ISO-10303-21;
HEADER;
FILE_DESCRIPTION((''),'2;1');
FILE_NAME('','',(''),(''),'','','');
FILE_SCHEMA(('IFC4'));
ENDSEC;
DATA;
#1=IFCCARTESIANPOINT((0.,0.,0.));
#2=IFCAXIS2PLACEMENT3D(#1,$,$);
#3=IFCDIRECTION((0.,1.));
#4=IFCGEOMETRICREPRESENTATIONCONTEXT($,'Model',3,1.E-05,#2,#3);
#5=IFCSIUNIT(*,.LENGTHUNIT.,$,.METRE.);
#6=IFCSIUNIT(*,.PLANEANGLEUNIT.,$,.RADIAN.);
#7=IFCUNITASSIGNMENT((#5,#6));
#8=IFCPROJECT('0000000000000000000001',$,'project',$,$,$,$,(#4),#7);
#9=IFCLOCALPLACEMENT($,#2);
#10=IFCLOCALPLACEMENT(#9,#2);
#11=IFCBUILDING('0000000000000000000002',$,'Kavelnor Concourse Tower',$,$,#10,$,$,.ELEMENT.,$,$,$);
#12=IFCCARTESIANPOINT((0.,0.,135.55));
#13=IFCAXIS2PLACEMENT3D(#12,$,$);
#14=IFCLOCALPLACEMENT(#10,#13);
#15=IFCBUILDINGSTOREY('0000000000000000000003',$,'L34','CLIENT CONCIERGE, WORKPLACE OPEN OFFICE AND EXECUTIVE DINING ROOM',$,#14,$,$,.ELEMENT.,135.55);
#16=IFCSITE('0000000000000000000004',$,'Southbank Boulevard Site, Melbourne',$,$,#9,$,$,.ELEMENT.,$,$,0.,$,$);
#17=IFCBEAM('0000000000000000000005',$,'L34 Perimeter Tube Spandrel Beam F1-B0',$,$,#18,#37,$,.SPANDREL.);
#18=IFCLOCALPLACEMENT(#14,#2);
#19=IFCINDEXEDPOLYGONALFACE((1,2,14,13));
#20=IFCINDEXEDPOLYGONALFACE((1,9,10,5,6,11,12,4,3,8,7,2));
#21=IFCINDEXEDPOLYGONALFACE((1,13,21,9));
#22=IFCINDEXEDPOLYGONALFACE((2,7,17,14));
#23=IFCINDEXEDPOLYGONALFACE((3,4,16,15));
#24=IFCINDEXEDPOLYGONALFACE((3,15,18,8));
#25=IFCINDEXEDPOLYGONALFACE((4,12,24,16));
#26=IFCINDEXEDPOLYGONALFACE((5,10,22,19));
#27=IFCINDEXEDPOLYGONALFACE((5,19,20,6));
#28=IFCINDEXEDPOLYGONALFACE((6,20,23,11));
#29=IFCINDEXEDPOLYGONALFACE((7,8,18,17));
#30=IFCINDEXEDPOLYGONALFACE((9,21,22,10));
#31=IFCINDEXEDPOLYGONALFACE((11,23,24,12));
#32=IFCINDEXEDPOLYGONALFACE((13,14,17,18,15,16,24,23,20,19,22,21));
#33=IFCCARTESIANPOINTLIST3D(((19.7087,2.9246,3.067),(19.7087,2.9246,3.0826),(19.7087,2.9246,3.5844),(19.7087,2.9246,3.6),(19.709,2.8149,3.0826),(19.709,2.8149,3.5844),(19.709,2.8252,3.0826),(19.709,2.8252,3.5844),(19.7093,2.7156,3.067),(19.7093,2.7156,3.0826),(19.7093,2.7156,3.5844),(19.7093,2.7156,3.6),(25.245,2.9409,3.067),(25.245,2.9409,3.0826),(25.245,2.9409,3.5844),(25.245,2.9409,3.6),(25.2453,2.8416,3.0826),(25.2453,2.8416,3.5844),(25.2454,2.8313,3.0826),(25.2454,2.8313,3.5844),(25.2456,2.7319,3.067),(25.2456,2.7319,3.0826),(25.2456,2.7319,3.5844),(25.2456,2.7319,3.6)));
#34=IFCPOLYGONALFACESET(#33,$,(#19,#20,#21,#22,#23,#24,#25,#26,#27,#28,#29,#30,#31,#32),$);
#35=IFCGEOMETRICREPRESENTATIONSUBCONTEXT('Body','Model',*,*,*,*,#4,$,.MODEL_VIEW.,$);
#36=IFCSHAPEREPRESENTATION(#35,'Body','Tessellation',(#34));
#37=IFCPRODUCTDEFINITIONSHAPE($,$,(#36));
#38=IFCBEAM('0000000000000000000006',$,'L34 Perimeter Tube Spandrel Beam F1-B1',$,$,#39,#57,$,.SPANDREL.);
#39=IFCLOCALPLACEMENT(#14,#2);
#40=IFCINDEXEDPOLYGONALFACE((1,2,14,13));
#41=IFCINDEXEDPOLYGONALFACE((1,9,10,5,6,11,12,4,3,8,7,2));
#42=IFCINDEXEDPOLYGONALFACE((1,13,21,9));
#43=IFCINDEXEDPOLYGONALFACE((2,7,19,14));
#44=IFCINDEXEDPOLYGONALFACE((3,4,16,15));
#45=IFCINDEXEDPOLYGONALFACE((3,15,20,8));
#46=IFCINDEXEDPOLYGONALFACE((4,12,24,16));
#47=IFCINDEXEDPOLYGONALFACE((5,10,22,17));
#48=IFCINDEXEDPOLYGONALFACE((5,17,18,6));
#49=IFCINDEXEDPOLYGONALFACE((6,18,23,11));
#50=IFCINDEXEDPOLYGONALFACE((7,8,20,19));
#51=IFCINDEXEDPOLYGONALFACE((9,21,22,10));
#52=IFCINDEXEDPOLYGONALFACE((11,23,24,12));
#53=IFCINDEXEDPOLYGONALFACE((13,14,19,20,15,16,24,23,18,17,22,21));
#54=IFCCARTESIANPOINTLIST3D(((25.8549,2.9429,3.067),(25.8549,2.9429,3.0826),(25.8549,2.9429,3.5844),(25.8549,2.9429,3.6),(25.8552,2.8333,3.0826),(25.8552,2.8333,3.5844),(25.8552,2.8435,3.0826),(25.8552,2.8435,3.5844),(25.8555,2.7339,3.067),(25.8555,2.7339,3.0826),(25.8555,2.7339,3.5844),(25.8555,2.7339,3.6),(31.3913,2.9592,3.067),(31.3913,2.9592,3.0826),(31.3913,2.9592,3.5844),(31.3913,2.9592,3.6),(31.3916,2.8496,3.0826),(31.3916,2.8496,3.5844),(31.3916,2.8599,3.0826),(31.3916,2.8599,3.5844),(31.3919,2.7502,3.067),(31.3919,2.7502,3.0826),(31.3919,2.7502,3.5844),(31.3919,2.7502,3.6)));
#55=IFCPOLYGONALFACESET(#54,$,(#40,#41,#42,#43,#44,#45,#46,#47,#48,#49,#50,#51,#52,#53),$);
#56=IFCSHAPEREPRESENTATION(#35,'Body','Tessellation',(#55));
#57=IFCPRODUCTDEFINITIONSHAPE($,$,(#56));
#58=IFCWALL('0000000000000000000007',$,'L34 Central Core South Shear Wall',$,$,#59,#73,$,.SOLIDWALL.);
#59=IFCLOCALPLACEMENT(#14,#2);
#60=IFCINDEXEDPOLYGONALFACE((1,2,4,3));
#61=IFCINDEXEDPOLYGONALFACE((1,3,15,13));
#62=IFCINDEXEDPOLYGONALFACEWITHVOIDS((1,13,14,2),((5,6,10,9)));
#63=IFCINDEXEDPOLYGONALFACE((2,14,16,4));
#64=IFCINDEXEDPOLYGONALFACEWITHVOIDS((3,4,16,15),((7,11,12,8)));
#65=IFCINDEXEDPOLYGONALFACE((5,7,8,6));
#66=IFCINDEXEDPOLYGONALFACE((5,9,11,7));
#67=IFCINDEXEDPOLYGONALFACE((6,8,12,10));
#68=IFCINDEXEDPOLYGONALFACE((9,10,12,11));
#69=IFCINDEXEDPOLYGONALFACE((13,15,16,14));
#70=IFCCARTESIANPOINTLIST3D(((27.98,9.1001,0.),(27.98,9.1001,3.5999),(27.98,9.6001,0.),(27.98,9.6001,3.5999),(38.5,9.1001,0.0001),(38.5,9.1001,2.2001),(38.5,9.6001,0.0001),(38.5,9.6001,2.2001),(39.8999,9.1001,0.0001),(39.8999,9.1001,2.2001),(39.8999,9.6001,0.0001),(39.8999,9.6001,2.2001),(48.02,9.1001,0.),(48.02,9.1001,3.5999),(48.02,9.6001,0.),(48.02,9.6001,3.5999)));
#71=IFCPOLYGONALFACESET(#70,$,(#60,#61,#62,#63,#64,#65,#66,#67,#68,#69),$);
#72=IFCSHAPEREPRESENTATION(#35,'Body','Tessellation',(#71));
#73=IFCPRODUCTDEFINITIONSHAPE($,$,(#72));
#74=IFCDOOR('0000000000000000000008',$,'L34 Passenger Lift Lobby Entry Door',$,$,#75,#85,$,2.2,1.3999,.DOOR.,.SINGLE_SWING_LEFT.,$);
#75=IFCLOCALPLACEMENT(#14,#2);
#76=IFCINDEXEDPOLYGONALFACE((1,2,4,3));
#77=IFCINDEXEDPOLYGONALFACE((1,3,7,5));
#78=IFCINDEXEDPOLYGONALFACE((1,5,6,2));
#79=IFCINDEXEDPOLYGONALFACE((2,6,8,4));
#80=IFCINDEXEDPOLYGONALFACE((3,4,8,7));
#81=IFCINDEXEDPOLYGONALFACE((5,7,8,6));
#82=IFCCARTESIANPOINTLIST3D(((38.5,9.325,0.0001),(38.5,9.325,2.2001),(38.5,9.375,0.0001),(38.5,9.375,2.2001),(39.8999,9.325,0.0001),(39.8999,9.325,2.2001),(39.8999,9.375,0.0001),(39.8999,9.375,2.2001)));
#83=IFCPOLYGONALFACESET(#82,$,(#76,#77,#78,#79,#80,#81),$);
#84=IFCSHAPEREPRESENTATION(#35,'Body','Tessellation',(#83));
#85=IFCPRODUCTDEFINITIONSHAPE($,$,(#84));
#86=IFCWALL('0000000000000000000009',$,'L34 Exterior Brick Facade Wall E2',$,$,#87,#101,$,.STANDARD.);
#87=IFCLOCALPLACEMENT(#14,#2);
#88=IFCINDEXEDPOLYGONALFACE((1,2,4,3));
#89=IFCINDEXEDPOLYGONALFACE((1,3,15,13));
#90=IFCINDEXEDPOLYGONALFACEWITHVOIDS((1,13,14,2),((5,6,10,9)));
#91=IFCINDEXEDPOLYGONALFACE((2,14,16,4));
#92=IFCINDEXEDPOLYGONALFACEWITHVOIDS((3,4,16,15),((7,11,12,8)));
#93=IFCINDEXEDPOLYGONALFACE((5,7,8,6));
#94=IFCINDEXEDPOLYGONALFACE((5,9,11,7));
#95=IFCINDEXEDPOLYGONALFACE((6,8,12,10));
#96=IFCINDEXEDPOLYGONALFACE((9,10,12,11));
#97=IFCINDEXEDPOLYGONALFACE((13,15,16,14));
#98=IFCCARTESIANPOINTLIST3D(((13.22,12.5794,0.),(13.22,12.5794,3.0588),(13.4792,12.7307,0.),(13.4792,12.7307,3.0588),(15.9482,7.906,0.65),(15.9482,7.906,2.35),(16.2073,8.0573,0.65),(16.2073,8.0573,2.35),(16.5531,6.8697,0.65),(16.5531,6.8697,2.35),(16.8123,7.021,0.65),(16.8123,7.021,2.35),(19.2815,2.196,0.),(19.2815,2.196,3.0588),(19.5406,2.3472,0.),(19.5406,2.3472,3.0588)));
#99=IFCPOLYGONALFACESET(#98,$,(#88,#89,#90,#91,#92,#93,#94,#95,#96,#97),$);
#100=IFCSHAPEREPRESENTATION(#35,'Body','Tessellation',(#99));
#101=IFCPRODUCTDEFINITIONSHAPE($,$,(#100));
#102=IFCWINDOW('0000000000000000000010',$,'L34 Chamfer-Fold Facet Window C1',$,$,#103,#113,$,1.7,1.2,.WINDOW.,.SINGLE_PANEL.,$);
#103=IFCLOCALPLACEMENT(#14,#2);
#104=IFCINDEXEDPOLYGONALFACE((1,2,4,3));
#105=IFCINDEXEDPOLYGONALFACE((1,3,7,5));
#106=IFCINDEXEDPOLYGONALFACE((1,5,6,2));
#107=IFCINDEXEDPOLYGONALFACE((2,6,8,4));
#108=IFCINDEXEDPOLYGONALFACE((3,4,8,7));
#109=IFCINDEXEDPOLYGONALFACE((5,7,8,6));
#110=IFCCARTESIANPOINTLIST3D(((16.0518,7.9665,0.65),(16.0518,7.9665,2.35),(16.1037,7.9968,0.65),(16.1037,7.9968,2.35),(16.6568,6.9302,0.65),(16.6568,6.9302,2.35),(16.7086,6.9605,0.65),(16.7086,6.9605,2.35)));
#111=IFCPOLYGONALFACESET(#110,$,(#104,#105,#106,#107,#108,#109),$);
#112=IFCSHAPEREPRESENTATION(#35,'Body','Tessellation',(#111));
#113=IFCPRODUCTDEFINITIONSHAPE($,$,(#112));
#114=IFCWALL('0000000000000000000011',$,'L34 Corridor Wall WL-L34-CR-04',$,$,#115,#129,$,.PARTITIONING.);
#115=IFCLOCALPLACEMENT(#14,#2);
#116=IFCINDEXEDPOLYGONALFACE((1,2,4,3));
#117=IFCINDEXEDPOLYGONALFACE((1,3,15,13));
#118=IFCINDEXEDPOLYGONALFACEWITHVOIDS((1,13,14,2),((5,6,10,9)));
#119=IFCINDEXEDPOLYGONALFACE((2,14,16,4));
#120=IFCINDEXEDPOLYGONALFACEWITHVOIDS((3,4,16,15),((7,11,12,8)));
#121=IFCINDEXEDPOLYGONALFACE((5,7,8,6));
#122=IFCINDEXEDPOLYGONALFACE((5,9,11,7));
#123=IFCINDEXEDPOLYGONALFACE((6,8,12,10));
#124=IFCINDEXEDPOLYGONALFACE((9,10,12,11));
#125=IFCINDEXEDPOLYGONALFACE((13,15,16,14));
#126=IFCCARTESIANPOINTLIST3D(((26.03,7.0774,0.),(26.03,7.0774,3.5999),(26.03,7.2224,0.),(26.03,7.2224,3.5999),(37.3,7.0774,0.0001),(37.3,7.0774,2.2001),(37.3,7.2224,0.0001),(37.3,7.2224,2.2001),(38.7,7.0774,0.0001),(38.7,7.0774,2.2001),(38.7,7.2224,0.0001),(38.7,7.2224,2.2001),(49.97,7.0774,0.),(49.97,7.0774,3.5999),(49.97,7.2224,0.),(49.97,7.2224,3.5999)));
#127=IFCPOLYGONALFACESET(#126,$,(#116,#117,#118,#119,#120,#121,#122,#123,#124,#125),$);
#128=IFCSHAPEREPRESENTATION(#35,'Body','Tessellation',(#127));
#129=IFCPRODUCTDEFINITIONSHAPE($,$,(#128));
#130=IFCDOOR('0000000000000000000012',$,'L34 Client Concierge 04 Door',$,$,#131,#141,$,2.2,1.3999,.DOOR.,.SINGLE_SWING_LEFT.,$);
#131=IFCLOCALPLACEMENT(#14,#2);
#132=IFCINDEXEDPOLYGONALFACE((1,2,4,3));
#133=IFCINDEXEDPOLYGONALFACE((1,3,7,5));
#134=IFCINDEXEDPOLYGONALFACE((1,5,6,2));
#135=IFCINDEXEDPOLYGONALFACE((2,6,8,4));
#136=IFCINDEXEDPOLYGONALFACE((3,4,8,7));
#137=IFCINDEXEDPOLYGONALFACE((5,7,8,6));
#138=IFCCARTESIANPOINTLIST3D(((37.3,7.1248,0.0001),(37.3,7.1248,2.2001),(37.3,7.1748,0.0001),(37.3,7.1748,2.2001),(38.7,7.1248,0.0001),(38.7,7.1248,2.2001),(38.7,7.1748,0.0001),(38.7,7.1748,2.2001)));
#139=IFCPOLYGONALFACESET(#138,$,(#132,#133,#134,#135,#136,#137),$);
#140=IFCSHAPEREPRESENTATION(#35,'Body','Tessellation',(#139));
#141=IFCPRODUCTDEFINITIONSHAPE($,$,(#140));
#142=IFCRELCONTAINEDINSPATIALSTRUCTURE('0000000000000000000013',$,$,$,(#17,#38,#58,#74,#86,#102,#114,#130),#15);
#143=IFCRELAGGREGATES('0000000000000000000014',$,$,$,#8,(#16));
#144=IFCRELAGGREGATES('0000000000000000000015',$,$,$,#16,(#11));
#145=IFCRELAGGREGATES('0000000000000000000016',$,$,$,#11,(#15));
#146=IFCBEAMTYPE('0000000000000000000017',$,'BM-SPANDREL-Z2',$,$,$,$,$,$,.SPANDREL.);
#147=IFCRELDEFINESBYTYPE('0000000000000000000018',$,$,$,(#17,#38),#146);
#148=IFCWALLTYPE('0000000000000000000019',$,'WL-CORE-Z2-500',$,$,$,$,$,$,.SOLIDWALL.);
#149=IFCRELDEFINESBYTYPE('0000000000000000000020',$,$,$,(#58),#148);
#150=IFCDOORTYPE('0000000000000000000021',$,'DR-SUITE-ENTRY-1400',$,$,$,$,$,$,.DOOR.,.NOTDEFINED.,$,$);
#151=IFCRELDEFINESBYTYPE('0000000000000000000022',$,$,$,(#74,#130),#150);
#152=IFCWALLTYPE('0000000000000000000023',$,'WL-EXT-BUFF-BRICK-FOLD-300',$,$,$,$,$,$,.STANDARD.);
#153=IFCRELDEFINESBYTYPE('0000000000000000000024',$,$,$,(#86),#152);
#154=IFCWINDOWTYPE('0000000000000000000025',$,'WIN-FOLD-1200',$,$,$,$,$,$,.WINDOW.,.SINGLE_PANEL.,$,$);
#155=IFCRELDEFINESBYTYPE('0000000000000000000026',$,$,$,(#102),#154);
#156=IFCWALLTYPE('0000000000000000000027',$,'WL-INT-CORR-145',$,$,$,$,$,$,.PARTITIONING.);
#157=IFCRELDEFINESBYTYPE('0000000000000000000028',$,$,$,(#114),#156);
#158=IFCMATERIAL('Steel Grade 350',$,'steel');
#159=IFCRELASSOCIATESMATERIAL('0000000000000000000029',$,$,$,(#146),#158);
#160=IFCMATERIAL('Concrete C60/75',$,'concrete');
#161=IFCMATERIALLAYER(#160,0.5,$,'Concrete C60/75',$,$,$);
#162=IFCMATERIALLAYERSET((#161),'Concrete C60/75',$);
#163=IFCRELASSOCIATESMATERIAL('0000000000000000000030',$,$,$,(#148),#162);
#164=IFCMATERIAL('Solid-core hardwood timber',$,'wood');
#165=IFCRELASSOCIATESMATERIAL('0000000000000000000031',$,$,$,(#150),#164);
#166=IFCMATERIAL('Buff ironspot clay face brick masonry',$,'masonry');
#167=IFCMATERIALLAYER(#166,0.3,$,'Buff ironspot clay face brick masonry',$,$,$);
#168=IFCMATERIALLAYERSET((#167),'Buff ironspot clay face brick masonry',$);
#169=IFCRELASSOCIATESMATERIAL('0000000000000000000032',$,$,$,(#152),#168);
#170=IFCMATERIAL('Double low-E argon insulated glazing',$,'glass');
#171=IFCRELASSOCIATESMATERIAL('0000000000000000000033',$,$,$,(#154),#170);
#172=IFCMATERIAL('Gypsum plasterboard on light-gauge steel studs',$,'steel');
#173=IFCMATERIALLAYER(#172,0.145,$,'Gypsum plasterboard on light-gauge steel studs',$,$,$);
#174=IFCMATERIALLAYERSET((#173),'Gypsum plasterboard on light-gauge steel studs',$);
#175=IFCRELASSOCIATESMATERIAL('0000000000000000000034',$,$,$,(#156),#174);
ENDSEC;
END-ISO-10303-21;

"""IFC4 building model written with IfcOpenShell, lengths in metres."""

from ifc_helpers import new_model, si_unit, direction, frame, frame_2d, origin, origin_2d, place, context, subcontext, project, spatial, rectangle, i_section, extrude, material, layer, layer_set, material_profile, profile_set, type_object, element, fill, save


model = new_model("IFC4")

# Units and contexts
model_context = context("Model", 3, precision=1e-05, world=origin(), true_north=direction((0.0, 1.0)))
body_context = subcontext(model_context, "Body", "Model", "MODEL_VIEW")
ifc_project = project(units=[si_unit("LENGTHUNIT", "METRE"), si_unit("PLANEANGLEUNIT", "RADIAN")], contexts=[model_context])

# Site, building, storey
site_placement = place(None, origin())
site = spatial("IfcSite", under=ifc_project, at=site_placement, Name="Southbank Boulevard Site, Melbourne", CompositionType="ELEMENT", RefElevation=0.0)
building_placement = place(site_placement, origin())
building = spatial("IfcBuilding", under=site, at=building_placement, Name="Kavelnor Concourse Tower", CompositionType="ELEMENT")
storey_placement = place(building_placement, frame((0.0, 0.0, 135.55)))
storey = spatial("IfcBuildingStorey", under=building, at=storey_placement, Name="L34", Description="CLIENT CONCIERGE, WORKPLACE OPEN OFFICE AND EXECUTIVE DINING ROOM", CompositionType="ELEMENT", Elevation=135.55)

# Shared definitions
ifc_material_1 = material(Name="Steel Grade 350", Category="steel")

# Beams
ifc_material_profile_1 = material_profile(ifc_material_1, i_section(OverallWidth=0.209, OverallDepth=0.533, WebThickness=0.0103, FlangeThickness=0.0156, at=origin_2d()), Name="530UB92")
ifc_profile_set_1 = profile_set([ifc_material_profile_1], Name="Steel Grade 350")
beam_type_1 = type_object("IfcBeamType", Name="BM-SPANDREL-Z2", PredefinedType="SPANDREL", material=ifc_profile_set_1)
for number, where, z_axis, x_axis, name in (
    (1, (19.709, 2.8201, 3.3335), (0.999996, 0.002955, 0.0), (-0.002955, 0.999996, 0.0), "L34 Perimeter Tube Spandrel Beam F1-B0"),
    (2, (25.8552, 2.8384, 3.3335), (0.999996, 0.002955, 0.0), (-0.002955, 0.999996, 0.0), "L34 Perimeter Tube Spandrel Beam F1-B1"),
):
    element("IfcBeam", number, at=place(storey_placement, frame(where, z_axis=z_axis, x_axis=x_axis)), inside=storey, type_object=beam_type_1, Name=name, PredefinedType="SPANDREL", context=body_context, shape_type="SweptSolid", body=[
        extrude(i_section(OverallWidth=0.209, OverallDepth=0.533, WebThickness=0.0103, FlangeThickness=0.0156, at=origin_2d()), origin(), (0.0, 0.0, 1.0), 5.5364),
    ])

# Wall, opening, door
ifc_material_2 = material(Name="Concrete C60/75", Category="concrete")
ifc_layer_1 = layer(ifc_material_2, 0.5, Name="Concrete C60/75")
ifc_layer_set_1 = layer_set([ifc_layer_1], Name="Concrete C60/75")
wall_type_1 = type_object("IfcWallType", Name="WL-CORE-Z2-500", PredefinedType="SOLIDWALL", material=ifc_layer_set_1)
wall_1_placement = place(storey_placement, frame((27.98, 9.3501, 0.0), z_axis=(0.0, 0.0, 1.0), x_axis=(1.0, 0.0, 0.0)))
wall_1 = element("IfcWall", 3, at=wall_1_placement, inside=storey, type_object=wall_type_1, Name="L34 Central Core South Shear Wall", PredefinedType="SOLIDWALL", context=body_context, shape_type="SweptSolid", body=[
    extrude(rectangle(XDim=20.04, YDim=0.5, at=frame_2d((10.02, 0.0))), origin(), (0.0, 0.0, 1.0), 3.5999),
])
opening_1_placement = place(wall_1_placement, frame((10.52, 0.0, 0.0)))
opening_1 = element("IfcOpeningElement", 4, at=opening_1_placement, cuts=wall_1, PredefinedType="OPENING", context=body_context, shape_type="SweptSolid", body=[
    extrude(rectangle(XDim=1.3999, YDim=2.2, at=frame_2d((0.7, 1.1001))), frame((0.0, 0.26, 0.0), z_axis=(0.0, -1.0, 0.0), x_axis=(1.0, 0.0, 0.0)), (0.0, 0.0, 1.0), 0.52),
])
ifc_material_3 = material(Name="Solid-core hardwood timber", Category="wood")
door_type = type_object("IfcDoorType", Name="DR-SUITE-ENTRY-1400", OperationType="NOTDEFINED", PredefinedType="DOOR", material=ifc_material_3)
door_1_placement = place(opening_1_placement, origin())
door_1 = element("IfcDoor", 5, at=door_1_placement, inside=storey, type_object=door_type, Name="L34 Passenger Lift Lobby Entry Door", OperationType="SINGLE_SWING_LEFT", OverallHeight=2.2, OverallWidth=1.3999, PredefinedType="DOOR", context=body_context, shape_type="SweptSolid", body=[
    extrude(rectangle(XDim=1.3999, YDim=2.2, at=frame_2d((0.7, 1.1001))), frame((0.0, 0.0249, 0.0), z_axis=(0.0, -1.0, 0.0), x_axis=(1.0, 0.0, 0.0)), (0.0, 0.0, 1.0), 0.05),
])
fill(opening_1, door_1)

# Wall, opening, window
ifc_material_4 = material(Name="Buff ironspot clay face brick masonry", Category="masonry")
ifc_layer_2 = layer(ifc_material_4, 0.3, Name="Buff ironspot clay face brick masonry")
ifc_layer_set_2 = layer_set([ifc_layer_2], Name="Buff ironspot clay face brick masonry")
wall_type_2 = type_object("IfcWallType", Name="WL-EXT-BUFF-BRICK-FOLD-300", PredefinedType="STANDARD", material=ifc_layer_set_2)
wall_2_placement = place(storey_placement, frame((19.4111, 2.2715, 0.0), z_axis=(0.0, 0.0, 1.0), x_axis=(-0.504147, 0.863618, 0.0)))
wall_2 = element("IfcWall", 6, at=wall_2_placement, inside=storey, type_object=wall_type_2, Name="L34 Exterior Brick Facade Wall E2", PredefinedType="STANDARD", context=body_context, shape_type="SweptSolid", body=[
    extrude(rectangle(XDim=12.0232, YDim=0.3, at=frame_2d((6.0117, 0.0))), origin(), (0.0, 0.0, 1.0), 3.0588),
])
opening_2_placement = place(wall_2_placement, frame((5.4119, 0.0, 0.6499)))
opening_2 = element("IfcOpeningElement", 7, at=opening_2_placement, cuts=wall_2, PredefinedType="OPENING", context=body_context, shape_type="SweptSolid", body=[
    extrude(rectangle(XDim=1.2, YDim=1.7, at=frame_2d((0.6001, 0.8501))), frame((0.0, 0.1602, 0.0), z_axis=(0.0, -1.0, 0.0), x_axis=(1.0, 0.0, 0.0)), (0.0, 0.0, 1.0), 0.3201),
])
ifc_material_5 = material(Name="Double low-E argon insulated glazing", Category="glass")
window_type = type_object("IfcWindowType", Name="WIN-FOLD-1200", PartitioningType="SINGLE_PANEL", PredefinedType="WINDOW", material=ifc_material_5)
window_placement = place(opening_2_placement, origin())
window = element("IfcWindow", 8, at=window_placement, inside=storey, type_object=window_type, Name="L34 Chamfer-Fold Facet Window C1", OverallHeight=1.7, OverallWidth=1.2, PartitioningType="SINGLE_PANEL", PredefinedType="WINDOW", context=body_context, shape_type="SweptSolid", body=[
    extrude(rectangle(XDim=1.2, YDim=1.7, at=frame_2d((0.6001, 0.8501))), frame((0.0, 0.03, 0.0), z_axis=(0.0, -1.0, 0.0), x_axis=(1.0, 0.0, 0.0)), (0.0, 0.0, 1.0), 0.0601),
])
fill(opening_2, window)

# Wall, opening, door
ifc_material_6 = material(Name="Gypsum plasterboard on light-gauge steel studs", Category="steel")
ifc_layer_3 = layer(ifc_material_6, 0.145, Name="Gypsum plasterboard on light-gauge steel studs")
ifc_layer_set_3 = layer_set([ifc_layer_3], Name="Gypsum plasterboard on light-gauge steel studs")
wall_type_3 = type_object("IfcWallType", Name="WL-INT-CORR-145", PredefinedType="PARTITIONING", material=ifc_layer_set_3)
wall_3_placement = place(storey_placement, frame((26.03, 7.1499, 0.0), z_axis=(0.0, 0.0, 1.0), x_axis=(1.0, 0.0, 0.0)))
wall_3 = element("IfcWall", 9, at=wall_3_placement, inside=storey, type_object=wall_type_3, Name="L34 Corridor Wall WL-L34-CR-04", PredefinedType="PARTITIONING", context=body_context, shape_type="SweptSolid", body=[
    extrude(rectangle(XDim=23.9399, YDim=0.145, at=frame_2d((11.97, 0.0))), origin(), (0.0, 0.0, 1.0), 3.5999),
])
opening_3_placement = place(wall_3_placement, frame((11.27, 0.0, 0.0)))
opening_3 = element("IfcOpeningElement", 10, at=opening_3_placement, cuts=wall_3, PredefinedType="OPENING", context=body_context, shape_type="SweptSolid", body=[
    extrude(rectangle(XDim=1.3999, YDim=2.2, at=frame_2d((0.7, 1.1001))), frame((0.0, 0.0825, 0.0), z_axis=(0.0, -1.0, 0.0), x_axis=(1.0, 0.0, 0.0)), (0.0, 0.0, 1.0), 0.165),
])
door_2_placement = place(opening_3_placement, origin())
door_2 = element("IfcDoor", 11, at=door_2_placement, inside=storey, type_object=door_type, Name="L34 Client Concierge 04 Door", OperationType="SINGLE_SWING_LEFT", OverallHeight=2.2, OverallWidth=1.3999, PredefinedType="DOOR", context=body_context, shape_type="SweptSolid", body=[
    extrude(rectangle(XDim=1.3999, YDim=2.2, at=frame_2d((0.7, 1.1001))), frame((0.0, 0.0249, 0.0), z_axis=(0.0, -1.0, 0.0), x_axis=(1.0, 0.0, 0.0)), (0.0, 0.0, 1.0), 0.05),
])
fill(opening_3, door_2)

save(model, "model.ifc")
